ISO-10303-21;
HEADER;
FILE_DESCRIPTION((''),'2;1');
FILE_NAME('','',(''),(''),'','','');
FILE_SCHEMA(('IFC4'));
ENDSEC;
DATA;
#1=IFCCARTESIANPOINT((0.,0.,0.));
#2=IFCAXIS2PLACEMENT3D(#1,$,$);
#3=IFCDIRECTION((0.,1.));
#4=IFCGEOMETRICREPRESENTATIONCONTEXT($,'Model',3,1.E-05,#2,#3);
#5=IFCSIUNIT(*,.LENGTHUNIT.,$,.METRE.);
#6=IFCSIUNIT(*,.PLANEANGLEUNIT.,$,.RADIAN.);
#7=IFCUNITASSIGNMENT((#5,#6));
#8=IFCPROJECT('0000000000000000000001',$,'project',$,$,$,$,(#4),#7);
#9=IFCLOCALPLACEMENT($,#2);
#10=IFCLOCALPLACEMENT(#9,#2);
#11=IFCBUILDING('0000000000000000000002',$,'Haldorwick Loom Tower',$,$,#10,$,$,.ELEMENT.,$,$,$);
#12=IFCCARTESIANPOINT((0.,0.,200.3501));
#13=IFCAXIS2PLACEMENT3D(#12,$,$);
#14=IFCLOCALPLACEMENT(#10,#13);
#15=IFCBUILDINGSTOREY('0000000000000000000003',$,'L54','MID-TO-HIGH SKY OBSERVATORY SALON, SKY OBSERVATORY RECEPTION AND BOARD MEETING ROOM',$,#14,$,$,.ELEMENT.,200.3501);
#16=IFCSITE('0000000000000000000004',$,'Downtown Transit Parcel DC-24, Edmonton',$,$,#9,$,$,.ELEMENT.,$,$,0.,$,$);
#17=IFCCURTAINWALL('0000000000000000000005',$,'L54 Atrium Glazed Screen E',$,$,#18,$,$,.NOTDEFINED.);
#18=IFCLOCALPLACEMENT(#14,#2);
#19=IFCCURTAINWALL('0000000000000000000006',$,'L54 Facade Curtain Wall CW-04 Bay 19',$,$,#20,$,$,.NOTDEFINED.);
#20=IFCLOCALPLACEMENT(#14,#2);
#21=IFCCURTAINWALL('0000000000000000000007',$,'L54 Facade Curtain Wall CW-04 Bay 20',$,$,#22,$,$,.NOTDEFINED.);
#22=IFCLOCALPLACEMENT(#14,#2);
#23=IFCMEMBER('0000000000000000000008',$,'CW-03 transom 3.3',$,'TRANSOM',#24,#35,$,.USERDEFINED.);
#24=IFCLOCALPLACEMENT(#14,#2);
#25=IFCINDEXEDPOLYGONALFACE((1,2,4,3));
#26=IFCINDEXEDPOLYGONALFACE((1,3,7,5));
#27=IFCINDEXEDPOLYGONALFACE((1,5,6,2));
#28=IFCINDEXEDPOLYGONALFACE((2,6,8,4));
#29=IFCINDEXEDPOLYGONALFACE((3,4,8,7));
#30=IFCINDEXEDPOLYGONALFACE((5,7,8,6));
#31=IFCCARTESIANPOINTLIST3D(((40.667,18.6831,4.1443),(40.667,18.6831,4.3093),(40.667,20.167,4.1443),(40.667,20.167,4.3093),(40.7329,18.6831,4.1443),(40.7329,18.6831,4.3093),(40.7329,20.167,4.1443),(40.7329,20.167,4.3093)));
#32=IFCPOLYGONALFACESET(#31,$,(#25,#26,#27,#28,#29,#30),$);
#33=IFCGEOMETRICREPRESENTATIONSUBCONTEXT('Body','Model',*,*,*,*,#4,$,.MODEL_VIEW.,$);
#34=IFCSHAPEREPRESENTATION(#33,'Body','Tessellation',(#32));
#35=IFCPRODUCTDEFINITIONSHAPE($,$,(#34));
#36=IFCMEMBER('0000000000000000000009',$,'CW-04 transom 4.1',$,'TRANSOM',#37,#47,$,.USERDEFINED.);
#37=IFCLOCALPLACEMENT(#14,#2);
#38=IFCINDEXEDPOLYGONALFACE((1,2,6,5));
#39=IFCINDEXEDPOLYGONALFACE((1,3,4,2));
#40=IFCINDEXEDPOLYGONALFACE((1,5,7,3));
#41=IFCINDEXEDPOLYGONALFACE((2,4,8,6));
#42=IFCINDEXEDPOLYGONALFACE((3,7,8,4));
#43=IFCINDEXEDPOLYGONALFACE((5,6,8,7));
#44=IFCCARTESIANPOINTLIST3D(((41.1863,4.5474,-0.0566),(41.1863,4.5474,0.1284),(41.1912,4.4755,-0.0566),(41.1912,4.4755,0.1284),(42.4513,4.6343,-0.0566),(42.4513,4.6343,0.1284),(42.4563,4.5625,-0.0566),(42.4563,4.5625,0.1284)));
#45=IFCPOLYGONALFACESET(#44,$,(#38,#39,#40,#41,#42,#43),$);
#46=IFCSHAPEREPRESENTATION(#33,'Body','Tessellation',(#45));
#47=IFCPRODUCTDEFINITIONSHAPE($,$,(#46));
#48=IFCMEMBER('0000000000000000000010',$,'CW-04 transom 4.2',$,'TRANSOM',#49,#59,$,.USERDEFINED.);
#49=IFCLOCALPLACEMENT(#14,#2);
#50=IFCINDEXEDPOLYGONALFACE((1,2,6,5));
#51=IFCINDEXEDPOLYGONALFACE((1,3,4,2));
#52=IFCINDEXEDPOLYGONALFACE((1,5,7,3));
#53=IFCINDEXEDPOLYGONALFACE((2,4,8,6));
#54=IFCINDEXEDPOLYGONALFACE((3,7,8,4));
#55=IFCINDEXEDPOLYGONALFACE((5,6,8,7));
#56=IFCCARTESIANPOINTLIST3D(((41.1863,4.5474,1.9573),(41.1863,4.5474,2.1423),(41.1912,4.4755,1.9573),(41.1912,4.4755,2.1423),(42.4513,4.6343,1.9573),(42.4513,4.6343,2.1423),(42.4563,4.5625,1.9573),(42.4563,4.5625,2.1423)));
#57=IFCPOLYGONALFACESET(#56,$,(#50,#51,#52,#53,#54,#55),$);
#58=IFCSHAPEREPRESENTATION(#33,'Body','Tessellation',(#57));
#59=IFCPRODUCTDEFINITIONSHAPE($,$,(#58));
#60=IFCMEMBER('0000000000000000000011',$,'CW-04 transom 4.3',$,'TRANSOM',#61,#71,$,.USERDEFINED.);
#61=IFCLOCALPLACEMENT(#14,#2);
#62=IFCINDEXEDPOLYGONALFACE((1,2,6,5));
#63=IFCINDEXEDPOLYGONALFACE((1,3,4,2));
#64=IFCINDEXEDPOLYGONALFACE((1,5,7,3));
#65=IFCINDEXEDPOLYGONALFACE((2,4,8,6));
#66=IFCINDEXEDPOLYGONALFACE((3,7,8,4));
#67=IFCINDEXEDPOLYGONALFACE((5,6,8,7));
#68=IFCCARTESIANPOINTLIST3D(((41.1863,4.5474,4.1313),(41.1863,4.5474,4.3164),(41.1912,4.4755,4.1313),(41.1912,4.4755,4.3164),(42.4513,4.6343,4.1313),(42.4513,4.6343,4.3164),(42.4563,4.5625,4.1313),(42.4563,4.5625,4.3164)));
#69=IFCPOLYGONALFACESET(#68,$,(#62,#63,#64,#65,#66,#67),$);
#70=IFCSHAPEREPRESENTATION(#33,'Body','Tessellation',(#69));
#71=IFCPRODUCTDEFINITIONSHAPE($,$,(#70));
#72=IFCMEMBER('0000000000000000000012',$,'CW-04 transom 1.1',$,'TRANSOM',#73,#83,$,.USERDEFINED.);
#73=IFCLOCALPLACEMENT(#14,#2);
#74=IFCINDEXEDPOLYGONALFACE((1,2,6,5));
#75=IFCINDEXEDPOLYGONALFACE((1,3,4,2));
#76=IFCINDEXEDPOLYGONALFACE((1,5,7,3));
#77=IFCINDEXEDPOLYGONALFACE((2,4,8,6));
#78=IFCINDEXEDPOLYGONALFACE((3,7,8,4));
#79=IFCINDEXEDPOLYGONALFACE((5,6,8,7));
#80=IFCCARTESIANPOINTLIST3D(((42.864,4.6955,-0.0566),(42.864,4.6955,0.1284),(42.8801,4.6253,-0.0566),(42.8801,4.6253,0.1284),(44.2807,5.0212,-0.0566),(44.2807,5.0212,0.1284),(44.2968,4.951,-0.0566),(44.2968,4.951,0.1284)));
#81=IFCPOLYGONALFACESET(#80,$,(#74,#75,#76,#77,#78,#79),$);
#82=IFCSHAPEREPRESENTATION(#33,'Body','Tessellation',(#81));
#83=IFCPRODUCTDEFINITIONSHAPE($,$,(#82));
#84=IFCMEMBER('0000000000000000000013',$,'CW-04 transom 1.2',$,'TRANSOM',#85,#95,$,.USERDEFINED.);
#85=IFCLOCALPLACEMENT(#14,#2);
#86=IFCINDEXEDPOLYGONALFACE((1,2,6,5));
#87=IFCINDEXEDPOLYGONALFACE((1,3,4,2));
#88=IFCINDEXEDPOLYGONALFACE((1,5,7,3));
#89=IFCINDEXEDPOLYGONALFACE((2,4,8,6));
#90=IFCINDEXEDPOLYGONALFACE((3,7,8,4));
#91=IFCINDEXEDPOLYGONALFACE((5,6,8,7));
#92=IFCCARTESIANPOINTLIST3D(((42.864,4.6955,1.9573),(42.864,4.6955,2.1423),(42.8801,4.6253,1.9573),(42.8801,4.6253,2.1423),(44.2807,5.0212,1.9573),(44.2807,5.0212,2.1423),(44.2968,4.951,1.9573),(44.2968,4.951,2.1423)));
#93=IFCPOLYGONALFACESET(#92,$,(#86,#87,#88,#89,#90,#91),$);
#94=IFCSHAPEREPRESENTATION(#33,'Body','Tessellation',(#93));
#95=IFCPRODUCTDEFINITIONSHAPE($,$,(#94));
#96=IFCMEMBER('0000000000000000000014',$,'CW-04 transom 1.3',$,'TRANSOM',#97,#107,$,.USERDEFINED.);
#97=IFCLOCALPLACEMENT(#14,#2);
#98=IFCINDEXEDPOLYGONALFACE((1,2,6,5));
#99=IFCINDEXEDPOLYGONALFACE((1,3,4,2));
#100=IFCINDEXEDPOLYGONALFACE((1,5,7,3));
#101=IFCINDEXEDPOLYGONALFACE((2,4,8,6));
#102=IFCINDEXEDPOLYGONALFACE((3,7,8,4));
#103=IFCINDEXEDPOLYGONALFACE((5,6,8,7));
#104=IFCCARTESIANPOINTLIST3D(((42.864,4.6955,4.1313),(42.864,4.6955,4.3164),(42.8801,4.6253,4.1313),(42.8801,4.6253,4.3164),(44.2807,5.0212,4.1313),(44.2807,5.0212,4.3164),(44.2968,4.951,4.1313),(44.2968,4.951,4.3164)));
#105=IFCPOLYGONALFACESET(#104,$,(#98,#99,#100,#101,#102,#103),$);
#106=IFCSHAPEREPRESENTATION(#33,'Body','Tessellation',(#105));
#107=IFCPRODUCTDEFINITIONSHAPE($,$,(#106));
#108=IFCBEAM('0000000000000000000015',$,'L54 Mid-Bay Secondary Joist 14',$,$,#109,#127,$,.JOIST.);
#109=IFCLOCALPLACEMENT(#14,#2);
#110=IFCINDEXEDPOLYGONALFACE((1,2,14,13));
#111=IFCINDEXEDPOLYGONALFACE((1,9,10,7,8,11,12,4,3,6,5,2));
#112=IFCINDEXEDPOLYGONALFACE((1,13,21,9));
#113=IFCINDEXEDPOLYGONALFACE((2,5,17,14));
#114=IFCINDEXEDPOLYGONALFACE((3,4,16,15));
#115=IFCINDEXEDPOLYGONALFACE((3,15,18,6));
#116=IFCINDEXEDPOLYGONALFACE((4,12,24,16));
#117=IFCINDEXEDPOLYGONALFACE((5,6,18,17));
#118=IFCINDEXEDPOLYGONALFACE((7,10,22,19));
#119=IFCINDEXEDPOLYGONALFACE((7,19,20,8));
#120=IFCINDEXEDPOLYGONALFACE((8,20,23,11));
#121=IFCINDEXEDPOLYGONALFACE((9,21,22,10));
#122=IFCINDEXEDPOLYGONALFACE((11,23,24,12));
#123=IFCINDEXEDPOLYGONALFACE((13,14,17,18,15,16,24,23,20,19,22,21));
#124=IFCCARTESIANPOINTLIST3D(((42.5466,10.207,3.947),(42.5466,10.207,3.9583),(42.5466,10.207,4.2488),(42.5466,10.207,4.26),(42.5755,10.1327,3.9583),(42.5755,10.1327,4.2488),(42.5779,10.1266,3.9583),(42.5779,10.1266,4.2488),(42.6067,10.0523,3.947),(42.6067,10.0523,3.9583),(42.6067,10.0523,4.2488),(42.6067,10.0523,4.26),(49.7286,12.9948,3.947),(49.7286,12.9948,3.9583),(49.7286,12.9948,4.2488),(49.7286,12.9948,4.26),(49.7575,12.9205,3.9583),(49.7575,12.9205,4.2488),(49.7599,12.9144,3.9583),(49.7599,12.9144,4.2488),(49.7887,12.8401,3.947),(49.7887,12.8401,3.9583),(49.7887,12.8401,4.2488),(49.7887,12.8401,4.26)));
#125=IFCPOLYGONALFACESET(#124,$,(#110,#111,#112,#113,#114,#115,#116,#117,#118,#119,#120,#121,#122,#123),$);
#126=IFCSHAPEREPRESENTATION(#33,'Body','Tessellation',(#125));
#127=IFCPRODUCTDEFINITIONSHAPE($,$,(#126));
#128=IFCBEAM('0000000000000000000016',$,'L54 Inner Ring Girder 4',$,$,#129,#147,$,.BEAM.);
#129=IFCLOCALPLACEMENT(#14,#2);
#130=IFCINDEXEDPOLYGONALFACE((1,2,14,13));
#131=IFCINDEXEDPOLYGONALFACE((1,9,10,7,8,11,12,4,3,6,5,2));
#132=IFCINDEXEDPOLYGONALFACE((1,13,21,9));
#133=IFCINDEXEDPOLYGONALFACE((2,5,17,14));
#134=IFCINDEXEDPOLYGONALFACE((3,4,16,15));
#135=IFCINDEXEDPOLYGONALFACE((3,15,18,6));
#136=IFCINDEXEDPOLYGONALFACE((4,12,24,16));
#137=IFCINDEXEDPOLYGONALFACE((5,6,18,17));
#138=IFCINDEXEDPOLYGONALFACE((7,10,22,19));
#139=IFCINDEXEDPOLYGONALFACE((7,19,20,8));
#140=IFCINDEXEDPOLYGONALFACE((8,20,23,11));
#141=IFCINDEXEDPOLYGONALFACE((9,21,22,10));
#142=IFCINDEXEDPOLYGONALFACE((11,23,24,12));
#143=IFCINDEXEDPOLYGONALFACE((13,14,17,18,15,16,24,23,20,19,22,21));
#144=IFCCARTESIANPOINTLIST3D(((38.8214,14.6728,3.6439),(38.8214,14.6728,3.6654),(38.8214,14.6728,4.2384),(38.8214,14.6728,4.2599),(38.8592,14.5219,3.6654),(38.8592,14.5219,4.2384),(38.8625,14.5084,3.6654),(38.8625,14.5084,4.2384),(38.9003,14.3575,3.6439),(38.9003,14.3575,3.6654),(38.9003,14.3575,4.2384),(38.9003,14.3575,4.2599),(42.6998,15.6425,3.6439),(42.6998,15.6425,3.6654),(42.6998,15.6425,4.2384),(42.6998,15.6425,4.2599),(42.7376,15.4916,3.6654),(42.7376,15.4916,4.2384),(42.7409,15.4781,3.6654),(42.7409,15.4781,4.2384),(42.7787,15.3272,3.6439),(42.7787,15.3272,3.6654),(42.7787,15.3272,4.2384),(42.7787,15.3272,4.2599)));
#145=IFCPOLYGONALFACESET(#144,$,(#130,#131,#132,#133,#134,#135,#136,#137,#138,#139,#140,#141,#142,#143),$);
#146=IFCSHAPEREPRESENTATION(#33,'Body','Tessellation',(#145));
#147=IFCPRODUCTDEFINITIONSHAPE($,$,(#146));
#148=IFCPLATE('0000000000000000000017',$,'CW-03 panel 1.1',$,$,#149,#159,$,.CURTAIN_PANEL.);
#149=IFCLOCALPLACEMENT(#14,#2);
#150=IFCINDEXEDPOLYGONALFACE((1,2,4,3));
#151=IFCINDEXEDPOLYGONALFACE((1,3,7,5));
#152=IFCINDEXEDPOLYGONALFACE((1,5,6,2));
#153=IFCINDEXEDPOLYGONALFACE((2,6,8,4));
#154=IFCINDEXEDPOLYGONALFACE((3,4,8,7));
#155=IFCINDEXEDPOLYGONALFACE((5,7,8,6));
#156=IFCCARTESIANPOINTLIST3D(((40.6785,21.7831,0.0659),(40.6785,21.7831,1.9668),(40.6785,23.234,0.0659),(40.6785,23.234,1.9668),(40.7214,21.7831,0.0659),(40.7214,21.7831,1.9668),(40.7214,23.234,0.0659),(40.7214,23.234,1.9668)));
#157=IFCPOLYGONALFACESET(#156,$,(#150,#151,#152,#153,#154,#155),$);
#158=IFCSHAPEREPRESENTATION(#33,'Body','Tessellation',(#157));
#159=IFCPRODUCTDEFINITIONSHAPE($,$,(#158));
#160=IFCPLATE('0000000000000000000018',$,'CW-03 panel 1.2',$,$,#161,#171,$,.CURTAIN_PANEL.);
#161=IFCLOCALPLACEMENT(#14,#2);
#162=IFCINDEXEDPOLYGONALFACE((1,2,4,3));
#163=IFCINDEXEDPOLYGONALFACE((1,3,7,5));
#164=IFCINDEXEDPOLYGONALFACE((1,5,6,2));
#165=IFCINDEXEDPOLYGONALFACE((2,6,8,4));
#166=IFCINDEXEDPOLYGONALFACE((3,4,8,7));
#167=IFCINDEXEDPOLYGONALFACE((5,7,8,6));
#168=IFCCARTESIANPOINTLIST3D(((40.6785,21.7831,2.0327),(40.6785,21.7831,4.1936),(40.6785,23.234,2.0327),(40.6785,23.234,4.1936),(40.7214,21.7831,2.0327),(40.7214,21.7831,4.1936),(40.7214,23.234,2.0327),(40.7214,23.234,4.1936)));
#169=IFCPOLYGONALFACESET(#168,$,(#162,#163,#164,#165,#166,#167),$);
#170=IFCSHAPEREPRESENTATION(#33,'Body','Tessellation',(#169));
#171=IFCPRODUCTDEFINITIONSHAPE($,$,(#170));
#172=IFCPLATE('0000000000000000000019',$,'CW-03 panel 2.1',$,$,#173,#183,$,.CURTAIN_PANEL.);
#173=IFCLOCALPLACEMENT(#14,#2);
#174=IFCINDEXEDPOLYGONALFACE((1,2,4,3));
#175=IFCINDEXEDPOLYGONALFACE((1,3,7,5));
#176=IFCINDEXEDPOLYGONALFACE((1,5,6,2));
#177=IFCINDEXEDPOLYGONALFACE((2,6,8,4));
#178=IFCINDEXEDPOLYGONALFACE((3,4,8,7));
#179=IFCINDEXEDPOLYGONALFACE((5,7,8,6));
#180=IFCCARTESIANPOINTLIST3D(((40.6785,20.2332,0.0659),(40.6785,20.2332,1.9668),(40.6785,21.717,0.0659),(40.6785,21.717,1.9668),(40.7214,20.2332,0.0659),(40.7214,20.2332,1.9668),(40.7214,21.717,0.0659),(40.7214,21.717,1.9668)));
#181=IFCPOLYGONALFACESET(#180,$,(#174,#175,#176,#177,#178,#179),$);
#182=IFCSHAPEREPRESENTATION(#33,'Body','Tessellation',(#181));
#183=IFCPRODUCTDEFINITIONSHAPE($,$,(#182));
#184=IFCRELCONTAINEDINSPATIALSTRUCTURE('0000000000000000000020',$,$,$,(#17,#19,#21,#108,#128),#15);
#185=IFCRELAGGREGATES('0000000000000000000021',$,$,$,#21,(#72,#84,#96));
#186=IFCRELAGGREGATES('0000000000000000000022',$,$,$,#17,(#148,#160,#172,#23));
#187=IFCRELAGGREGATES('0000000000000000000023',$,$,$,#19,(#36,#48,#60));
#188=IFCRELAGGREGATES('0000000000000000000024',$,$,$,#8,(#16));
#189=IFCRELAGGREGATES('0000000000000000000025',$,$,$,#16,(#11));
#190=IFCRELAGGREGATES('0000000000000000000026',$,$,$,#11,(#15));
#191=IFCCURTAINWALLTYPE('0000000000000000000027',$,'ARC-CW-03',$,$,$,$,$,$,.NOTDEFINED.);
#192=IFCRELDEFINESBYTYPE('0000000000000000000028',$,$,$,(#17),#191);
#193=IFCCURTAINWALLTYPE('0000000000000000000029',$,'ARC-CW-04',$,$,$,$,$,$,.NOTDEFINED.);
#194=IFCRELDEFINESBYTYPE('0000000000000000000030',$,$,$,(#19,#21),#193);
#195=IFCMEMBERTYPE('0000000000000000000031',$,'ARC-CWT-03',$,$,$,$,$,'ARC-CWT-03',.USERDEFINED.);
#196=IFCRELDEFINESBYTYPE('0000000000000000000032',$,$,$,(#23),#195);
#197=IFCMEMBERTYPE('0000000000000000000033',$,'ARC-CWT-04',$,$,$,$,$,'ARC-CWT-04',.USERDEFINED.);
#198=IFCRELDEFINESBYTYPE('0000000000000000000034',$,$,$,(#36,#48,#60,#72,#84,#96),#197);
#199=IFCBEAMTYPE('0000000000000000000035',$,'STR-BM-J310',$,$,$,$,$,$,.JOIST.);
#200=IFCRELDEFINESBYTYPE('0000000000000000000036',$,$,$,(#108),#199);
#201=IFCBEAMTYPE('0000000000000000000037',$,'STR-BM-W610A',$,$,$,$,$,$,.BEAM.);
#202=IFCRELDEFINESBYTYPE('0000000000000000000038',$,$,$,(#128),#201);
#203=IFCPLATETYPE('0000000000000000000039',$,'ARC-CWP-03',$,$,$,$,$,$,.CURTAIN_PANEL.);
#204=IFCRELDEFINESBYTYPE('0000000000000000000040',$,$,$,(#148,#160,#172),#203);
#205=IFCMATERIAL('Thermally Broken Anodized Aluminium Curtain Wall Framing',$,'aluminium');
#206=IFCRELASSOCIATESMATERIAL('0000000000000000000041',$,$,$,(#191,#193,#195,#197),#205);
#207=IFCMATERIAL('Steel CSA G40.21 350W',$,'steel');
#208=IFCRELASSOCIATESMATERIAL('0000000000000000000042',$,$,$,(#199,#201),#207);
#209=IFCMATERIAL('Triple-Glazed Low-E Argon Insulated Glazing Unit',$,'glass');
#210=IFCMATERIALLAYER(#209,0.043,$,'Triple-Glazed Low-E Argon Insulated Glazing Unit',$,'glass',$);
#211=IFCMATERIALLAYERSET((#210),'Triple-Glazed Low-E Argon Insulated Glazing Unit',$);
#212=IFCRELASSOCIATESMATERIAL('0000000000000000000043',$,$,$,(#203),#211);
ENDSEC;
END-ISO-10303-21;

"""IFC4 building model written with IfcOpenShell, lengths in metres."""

from ifc_helpers import new_model, si_unit, direction, frame, origin, origin_2d, place, context, subcontext, project, spatial, rectangle, i_section, extrude, material, layer, layer_set, material_profile, profile_set, type_object, element, aggregate, save


model = new_model("IFC4")

# Units and contexts
model_context = context("Model", 3, precision=1e-05, world=origin(), true_north=direction((0.0, 1.0)))
body_context = subcontext(model_context, "Body", "Model", "MODEL_VIEW")
ifc_project = project(units=[si_unit("LENGTHUNIT", "METRE"), si_unit("PLANEANGLEUNIT", "RADIAN")], contexts=[model_context])

# Site, building, storey
site_placement = place(None, origin())
site = spatial("IfcSite", under=ifc_project, at=site_placement, Name="Downtown Transit Parcel DC-24, Edmonton", CompositionType="ELEMENT", RefElevation=0.0)
building_placement = place(site_placement, origin())
building = spatial("IfcBuilding", under=site, at=building_placement, Name="Haldorwick Loom Tower", CompositionType="ELEMENT")
storey_placement = place(building_placement, frame((0.0, 0.0, 200.3501)))
storey = spatial("IfcBuildingStorey", under=building, at=storey_placement, Name="L54", Description="MID-TO-HIGH SKY OBSERVATORY SALON, SKY OBSERVATORY RECEPTION AND BOARD MEETING ROOM", CompositionType="ELEMENT", Elevation=200.3501)

# Curtain walls
ifc_material_1 = material(Name="Thermally Broken Anodized Aluminium Curtain Wall Framing", Category="aluminium")
curtain_wall_type_1 = type_object("IfcCurtainWallType", Name="ARC-CW-03", PredefinedType="NOTDEFINED", material=ifc_material_1)
curtain_wall_1_placement = place(storey_placement, origin())
curtain_wall_1 = element("IfcCurtainWall", 1, at=curtain_wall_1_placement, inside=storey, type_object=curtain_wall_type_1, Name="L54 Atrium Glazed Screen E", PredefinedType="NOTDEFINED")
curtain_wall_type_2 = type_object("IfcCurtainWallType", Name="ARC-CW-04", PredefinedType="NOTDEFINED", material=ifc_material_1)
curtain_wall_2_placement = place(storey_placement, origin())
curtain_wall_2 = element("IfcCurtainWall", 2, at=curtain_wall_2_placement, inside=storey, type_object=curtain_wall_type_2, Name="L54 Facade Curtain Wall CW-04 Bay 19", PredefinedType="NOTDEFINED")

# Curtain wall
curtain_wall_3_placement = place(storey_placement, origin())
curtain_wall_3 = element("IfcCurtainWall", 3, at=curtain_wall_3_placement, inside=storey, type_object=curtain_wall_type_2, Name="L54 Facade Curtain Wall CW-04 Bay 20", PredefinedType="NOTDEFINED")

# Members
ifc_material_profile_1 = material_profile(ifc_material_1, rectangle(XDim=0.0659, YDim=0.165, at=origin_2d()), Name="ALU_TRN_66X165", Category="aluminium")
ifc_profile_set_1 = profile_set([ifc_material_profile_1], Name="Thermally Broken Anodized Aluminium Curtain Wall Framing")
member_type_1 = type_object("IfcMemberType", Name="ARC-CWT-03", ElementType="ARC-CWT-03", PredefinedType="USERDEFINED", material=ifc_profile_set_1)
member_1_placement = place(storey_placement, frame((40.7, 20.167, 4.2268), z_axis=(0.0, -1.0, 0.0), x_axis=(1.0, 0.0, 0.0)))
member_1 = element("IfcMember", 4, at=member_1_placement, type_object=member_type_1, Name="CW-03 transom 3.3", ObjectType="TRANSOM", PredefinedType="USERDEFINED", context=body_context, shape_type="SweptSolid", body=[
    extrude(rectangle(XDim=0.0659, YDim=0.165, at=origin_2d()), origin(), (0.0, 0.0, 1.0), 1.4839),
])
ifc_material_profile_2 = material_profile(ifc_material_1, rectangle(XDim=0.072, YDim=0.1851, at=origin_2d()), Name="ALU_TRN_72X185", Category="aluminium")
ifc_profile_set_2 = profile_set([ifc_material_profile_2], Name="Thermally Broken Anodized Aluminium Curtain Wall Framing")
member_type_2 = type_object("IfcMemberType", Name="ARC-CWT-04", ElementType="ARC-CWT-04", PredefinedType="USERDEFINED", material=ifc_profile_set_2)
member_2_placement = place(storey_placement, frame((41.1887, 4.5115, 0.0359), z_axis=(0.997649, 0.068538, 0.0), x_axis=(-0.068538, 0.997649, 0.0)))
member_2 = element("IfcMember", 5, at=member_2_placement, type_object=member_type_2, Name="CW-04 transom 4.1", ObjectType="TRANSOM", PredefinedType="USERDEFINED", context=body_context, shape_type="SweptSolid", body=[
    extrude(rectangle(XDim=0.072, YDim=0.1851, at=origin_2d()), origin(), (0.0, 0.0, 1.0), 1.2681),
])
member_3_placement = place(storey_placement, frame((41.1887, 4.5115, 2.0498), z_axis=(0.997649, 0.068538, 0.0), x_axis=(-0.068538, 0.997649, 0.0)))
member_3 = element("IfcMember", 6, at=member_3_placement, type_object=member_type_2, Name="CW-04 transom 4.2", ObjectType="TRANSOM", PredefinedType="USERDEFINED", context=body_context, shape_type="SweptSolid", body=[
    extrude(rectangle(XDim=0.072, YDim=0.1851, at=origin_2d()), origin(), (0.0, 0.0, 1.0), 1.2681),
])
member_4_placement = place(storey_placement, frame((41.1887, 4.5115, 4.2239), z_axis=(0.997649, 0.068538, 0.0), x_axis=(-0.068538, 0.997649, 0.0)))
member_4 = element("IfcMember", 7, at=member_4_placement, type_object=member_type_2, Name="CW-04 transom 4.3", ObjectType="TRANSOM", PredefinedType="USERDEFINED", context=body_context, shape_type="SweptSolid", body=[
    extrude(rectangle(XDim=0.072, YDim=0.1851, at=origin_2d()), origin(), (0.0, 0.0, 1.0), 1.2681),
])
member_5_placement = place(storey_placement, frame((42.8721, 4.6604, 0.0359), z_axis=(0.97458, 0.224038, 0.0), x_axis=(-0.224038, 0.97458, 0.0)))
member_5 = element("IfcMember", 8, at=member_5_placement, type_object=member_type_2, Name="CW-04 transom 1.1", ObjectType="TRANSOM", PredefinedType="USERDEFINED", context=body_context, shape_type="SweptSolid", body=[
    extrude(rectangle(XDim=0.072, YDim=0.1851, at=origin_2d()), origin(), (0.0, 0.0, 1.0), 1.4536),
])
member_6_placement = place(storey_placement, frame((42.8721, 4.6604, 2.0498), z_axis=(0.97458, 0.224038, 0.0), x_axis=(-0.224038, 0.97458, 0.0)))
member_6 = element("IfcMember", 9, at=member_6_placement, type_object=member_type_2, Name="CW-04 transom 1.2", ObjectType="TRANSOM", PredefinedType="USERDEFINED", context=body_context, shape_type="SweptSolid", body=[
    extrude(rectangle(XDim=0.072, YDim=0.1851, at=origin_2d()), origin(), (0.0, 0.0, 1.0), 1.4536),
])
member_7_placement = place(storey_placement, frame((42.8721, 4.6604, 4.2239), z_axis=(0.97458, 0.224038, 0.0), x_axis=(-0.224038, 0.97458, 0.0)))
member_7 = element("IfcMember", 10, at=member_7_placement, type_object=member_type_2, Name="CW-04 transom 1.3", ObjectType="TRANSOM", PredefinedType="USERDEFINED", context=body_context, shape_type="SweptSolid", body=[
    extrude(rectangle(XDim=0.072, YDim=0.1851, at=origin_2d()), origin(), (0.0, 0.0, 1.0), 1.4536),
])
aggregate(curtain_wall_3, [member_5, member_6, member_7])

# Beams
ifc_material_2 = material(Name="Steel CSA G40.21 350W", Category="steel")
ifc_material_profile_3 = material_profile(ifc_material_2, i_section(OverallWidth=0.166, OverallDepth=0.313, WebThickness=0.0066, FlangeThickness=0.0112, at=origin_2d()), Name="W310X45", Category="steel")
ifc_profile_set_3 = profile_set([ifc_material_profile_3], Name="Steel CSA G40.21 350W")
beam_type_1 = type_object("IfcBeamType", Name="STR-BM-J310", PredefinedType="JOIST", material=ifc_profile_set_3)
beam_1_placement = place(storey_placement, frame((42.5767, 10.1296, 4.1035), z_axis=(0.932233, 0.361859, 0.0), x_axis=(-0.361859, 0.932233, 0.0)))
element("IfcBeam", 11, at=beam_1_placement, inside=storey, type_object=beam_type_1, Name="L54 Mid-Bay Secondary Joist 14", PredefinedType="JOIST", context=body_context, shape_type="SweptSolid", body=[
    extrude(i_section(OverallWidth=0.166, OverallDepth=0.313, WebThickness=0.0066, FlangeThickness=0.0112, at=origin_2d()), origin(), (0.0, 0.0, 1.0), 7.7041),
])
ifc_material_profile_4 = material_profile(ifc_material_2, i_section(OverallWidth=0.325, OverallDepth=0.616, WebThickness=0.0139, FlangeThickness=0.0215, at=origin_2d()), Name="W610X174", Category="steel")
ifc_profile_set_4 = profile_set([ifc_material_profile_4], Name="Steel CSA G40.21 350W")
beam_type_2 = type_object("IfcBeamType", Name="STR-BM-W610A", PredefinedType="BEAM", material=ifc_profile_set_4)
beam_2_placement = place(storey_placement, frame((42.7393, 15.4849, 3.9519), z_axis=(-0.970135, -0.242564, 0.0), x_axis=(0.242564, -0.970135, 0.0)))
element("IfcBeam", 12, at=beam_2_placement, inside=storey, type_object=beam_type_2, Name="L54 Inner Ring Girder 4", PredefinedType="BEAM", context=body_context, shape_type="SweptSolid", body=[
    extrude(i_section(OverallWidth=0.325, OverallDepth=0.616, WebThickness=0.0139, FlangeThickness=0.0215, at=origin_2d()), origin(), (0.0, 0.0, 1.0), 3.9978),
])

# Plates
ifc_material_3 = material(Name="Triple-Glazed Low-E Argon Insulated Glazing Unit", Category="glass")
ifc_layer_1 = layer(ifc_material_3, 0.043, Name="Triple-Glazed Low-E Argon Insulated Glazing Unit", Category="glass")
ifc_layer_set_1 = layer_set([ifc_layer_1], Name="Triple-Glazed Low-E Argon Insulated Glazing Unit")
plate_type_1 = type_object("IfcPlateType", Name="ARC-CWP-03", PredefinedType="CURTAIN_PANEL", material=ifc_layer_set_1)
plate_1_placement = place(storey_placement, frame((40.7, 22.5085, 0.0659), z_axis=(0.0, 0.0, 1.0), x_axis=(0.0, -1.0, 0.0)))
plate_1 = element("IfcPlate", 13, at=plate_1_placement, type_object=plate_type_1, Name="CW-03 panel 1.1", PredefinedType="CURTAIN_PANEL", context=body_context, shape_type="SweptSolid", body=[
    extrude(rectangle(XDim=1.4509, YDim=0.043, at=origin_2d()), origin(), (0.0, 0.0, 1.0), 1.9009),
])
plate_2_placement = place(storey_placement, frame((40.7, 22.5085, 2.0327), z_axis=(0.0, 0.0, 1.0), x_axis=(0.0, -1.0, 0.0)))
plate_2 = element("IfcPlate", 14, at=plate_2_placement, type_object=plate_type_1, Name="CW-03 panel 1.2", PredefinedType="CURTAIN_PANEL", context=body_context, shape_type="SweptSolid", body=[
    extrude(rectangle(XDim=1.4509, YDim=0.043, at=origin_2d()), origin(), (0.0, 0.0, 1.0), 2.1609),
])
plate_3_placement = place(storey_placement, frame((40.7, 20.9751, 0.0659), z_axis=(0.0, 0.0, 1.0), x_axis=(0.0, -1.0, 0.0)))
plate_3 = element("IfcPlate", 15, at=plate_3_placement, type_object=plate_type_1, Name="CW-03 panel 2.1", PredefinedType="CURTAIN_PANEL", context=body_context, shape_type="SweptSolid", body=[
    extrude(rectangle(XDim=1.4839, YDim=0.043, at=origin_2d()), origin(), (0.0, 0.0, 1.0), 1.9009),
])
aggregate(curtain_wall_1, [plate_1, plate_2, plate_3, member_1])
aggregate(curtain_wall_2, [member_2, member_3, member_4])

save(model, "model.ifc")
